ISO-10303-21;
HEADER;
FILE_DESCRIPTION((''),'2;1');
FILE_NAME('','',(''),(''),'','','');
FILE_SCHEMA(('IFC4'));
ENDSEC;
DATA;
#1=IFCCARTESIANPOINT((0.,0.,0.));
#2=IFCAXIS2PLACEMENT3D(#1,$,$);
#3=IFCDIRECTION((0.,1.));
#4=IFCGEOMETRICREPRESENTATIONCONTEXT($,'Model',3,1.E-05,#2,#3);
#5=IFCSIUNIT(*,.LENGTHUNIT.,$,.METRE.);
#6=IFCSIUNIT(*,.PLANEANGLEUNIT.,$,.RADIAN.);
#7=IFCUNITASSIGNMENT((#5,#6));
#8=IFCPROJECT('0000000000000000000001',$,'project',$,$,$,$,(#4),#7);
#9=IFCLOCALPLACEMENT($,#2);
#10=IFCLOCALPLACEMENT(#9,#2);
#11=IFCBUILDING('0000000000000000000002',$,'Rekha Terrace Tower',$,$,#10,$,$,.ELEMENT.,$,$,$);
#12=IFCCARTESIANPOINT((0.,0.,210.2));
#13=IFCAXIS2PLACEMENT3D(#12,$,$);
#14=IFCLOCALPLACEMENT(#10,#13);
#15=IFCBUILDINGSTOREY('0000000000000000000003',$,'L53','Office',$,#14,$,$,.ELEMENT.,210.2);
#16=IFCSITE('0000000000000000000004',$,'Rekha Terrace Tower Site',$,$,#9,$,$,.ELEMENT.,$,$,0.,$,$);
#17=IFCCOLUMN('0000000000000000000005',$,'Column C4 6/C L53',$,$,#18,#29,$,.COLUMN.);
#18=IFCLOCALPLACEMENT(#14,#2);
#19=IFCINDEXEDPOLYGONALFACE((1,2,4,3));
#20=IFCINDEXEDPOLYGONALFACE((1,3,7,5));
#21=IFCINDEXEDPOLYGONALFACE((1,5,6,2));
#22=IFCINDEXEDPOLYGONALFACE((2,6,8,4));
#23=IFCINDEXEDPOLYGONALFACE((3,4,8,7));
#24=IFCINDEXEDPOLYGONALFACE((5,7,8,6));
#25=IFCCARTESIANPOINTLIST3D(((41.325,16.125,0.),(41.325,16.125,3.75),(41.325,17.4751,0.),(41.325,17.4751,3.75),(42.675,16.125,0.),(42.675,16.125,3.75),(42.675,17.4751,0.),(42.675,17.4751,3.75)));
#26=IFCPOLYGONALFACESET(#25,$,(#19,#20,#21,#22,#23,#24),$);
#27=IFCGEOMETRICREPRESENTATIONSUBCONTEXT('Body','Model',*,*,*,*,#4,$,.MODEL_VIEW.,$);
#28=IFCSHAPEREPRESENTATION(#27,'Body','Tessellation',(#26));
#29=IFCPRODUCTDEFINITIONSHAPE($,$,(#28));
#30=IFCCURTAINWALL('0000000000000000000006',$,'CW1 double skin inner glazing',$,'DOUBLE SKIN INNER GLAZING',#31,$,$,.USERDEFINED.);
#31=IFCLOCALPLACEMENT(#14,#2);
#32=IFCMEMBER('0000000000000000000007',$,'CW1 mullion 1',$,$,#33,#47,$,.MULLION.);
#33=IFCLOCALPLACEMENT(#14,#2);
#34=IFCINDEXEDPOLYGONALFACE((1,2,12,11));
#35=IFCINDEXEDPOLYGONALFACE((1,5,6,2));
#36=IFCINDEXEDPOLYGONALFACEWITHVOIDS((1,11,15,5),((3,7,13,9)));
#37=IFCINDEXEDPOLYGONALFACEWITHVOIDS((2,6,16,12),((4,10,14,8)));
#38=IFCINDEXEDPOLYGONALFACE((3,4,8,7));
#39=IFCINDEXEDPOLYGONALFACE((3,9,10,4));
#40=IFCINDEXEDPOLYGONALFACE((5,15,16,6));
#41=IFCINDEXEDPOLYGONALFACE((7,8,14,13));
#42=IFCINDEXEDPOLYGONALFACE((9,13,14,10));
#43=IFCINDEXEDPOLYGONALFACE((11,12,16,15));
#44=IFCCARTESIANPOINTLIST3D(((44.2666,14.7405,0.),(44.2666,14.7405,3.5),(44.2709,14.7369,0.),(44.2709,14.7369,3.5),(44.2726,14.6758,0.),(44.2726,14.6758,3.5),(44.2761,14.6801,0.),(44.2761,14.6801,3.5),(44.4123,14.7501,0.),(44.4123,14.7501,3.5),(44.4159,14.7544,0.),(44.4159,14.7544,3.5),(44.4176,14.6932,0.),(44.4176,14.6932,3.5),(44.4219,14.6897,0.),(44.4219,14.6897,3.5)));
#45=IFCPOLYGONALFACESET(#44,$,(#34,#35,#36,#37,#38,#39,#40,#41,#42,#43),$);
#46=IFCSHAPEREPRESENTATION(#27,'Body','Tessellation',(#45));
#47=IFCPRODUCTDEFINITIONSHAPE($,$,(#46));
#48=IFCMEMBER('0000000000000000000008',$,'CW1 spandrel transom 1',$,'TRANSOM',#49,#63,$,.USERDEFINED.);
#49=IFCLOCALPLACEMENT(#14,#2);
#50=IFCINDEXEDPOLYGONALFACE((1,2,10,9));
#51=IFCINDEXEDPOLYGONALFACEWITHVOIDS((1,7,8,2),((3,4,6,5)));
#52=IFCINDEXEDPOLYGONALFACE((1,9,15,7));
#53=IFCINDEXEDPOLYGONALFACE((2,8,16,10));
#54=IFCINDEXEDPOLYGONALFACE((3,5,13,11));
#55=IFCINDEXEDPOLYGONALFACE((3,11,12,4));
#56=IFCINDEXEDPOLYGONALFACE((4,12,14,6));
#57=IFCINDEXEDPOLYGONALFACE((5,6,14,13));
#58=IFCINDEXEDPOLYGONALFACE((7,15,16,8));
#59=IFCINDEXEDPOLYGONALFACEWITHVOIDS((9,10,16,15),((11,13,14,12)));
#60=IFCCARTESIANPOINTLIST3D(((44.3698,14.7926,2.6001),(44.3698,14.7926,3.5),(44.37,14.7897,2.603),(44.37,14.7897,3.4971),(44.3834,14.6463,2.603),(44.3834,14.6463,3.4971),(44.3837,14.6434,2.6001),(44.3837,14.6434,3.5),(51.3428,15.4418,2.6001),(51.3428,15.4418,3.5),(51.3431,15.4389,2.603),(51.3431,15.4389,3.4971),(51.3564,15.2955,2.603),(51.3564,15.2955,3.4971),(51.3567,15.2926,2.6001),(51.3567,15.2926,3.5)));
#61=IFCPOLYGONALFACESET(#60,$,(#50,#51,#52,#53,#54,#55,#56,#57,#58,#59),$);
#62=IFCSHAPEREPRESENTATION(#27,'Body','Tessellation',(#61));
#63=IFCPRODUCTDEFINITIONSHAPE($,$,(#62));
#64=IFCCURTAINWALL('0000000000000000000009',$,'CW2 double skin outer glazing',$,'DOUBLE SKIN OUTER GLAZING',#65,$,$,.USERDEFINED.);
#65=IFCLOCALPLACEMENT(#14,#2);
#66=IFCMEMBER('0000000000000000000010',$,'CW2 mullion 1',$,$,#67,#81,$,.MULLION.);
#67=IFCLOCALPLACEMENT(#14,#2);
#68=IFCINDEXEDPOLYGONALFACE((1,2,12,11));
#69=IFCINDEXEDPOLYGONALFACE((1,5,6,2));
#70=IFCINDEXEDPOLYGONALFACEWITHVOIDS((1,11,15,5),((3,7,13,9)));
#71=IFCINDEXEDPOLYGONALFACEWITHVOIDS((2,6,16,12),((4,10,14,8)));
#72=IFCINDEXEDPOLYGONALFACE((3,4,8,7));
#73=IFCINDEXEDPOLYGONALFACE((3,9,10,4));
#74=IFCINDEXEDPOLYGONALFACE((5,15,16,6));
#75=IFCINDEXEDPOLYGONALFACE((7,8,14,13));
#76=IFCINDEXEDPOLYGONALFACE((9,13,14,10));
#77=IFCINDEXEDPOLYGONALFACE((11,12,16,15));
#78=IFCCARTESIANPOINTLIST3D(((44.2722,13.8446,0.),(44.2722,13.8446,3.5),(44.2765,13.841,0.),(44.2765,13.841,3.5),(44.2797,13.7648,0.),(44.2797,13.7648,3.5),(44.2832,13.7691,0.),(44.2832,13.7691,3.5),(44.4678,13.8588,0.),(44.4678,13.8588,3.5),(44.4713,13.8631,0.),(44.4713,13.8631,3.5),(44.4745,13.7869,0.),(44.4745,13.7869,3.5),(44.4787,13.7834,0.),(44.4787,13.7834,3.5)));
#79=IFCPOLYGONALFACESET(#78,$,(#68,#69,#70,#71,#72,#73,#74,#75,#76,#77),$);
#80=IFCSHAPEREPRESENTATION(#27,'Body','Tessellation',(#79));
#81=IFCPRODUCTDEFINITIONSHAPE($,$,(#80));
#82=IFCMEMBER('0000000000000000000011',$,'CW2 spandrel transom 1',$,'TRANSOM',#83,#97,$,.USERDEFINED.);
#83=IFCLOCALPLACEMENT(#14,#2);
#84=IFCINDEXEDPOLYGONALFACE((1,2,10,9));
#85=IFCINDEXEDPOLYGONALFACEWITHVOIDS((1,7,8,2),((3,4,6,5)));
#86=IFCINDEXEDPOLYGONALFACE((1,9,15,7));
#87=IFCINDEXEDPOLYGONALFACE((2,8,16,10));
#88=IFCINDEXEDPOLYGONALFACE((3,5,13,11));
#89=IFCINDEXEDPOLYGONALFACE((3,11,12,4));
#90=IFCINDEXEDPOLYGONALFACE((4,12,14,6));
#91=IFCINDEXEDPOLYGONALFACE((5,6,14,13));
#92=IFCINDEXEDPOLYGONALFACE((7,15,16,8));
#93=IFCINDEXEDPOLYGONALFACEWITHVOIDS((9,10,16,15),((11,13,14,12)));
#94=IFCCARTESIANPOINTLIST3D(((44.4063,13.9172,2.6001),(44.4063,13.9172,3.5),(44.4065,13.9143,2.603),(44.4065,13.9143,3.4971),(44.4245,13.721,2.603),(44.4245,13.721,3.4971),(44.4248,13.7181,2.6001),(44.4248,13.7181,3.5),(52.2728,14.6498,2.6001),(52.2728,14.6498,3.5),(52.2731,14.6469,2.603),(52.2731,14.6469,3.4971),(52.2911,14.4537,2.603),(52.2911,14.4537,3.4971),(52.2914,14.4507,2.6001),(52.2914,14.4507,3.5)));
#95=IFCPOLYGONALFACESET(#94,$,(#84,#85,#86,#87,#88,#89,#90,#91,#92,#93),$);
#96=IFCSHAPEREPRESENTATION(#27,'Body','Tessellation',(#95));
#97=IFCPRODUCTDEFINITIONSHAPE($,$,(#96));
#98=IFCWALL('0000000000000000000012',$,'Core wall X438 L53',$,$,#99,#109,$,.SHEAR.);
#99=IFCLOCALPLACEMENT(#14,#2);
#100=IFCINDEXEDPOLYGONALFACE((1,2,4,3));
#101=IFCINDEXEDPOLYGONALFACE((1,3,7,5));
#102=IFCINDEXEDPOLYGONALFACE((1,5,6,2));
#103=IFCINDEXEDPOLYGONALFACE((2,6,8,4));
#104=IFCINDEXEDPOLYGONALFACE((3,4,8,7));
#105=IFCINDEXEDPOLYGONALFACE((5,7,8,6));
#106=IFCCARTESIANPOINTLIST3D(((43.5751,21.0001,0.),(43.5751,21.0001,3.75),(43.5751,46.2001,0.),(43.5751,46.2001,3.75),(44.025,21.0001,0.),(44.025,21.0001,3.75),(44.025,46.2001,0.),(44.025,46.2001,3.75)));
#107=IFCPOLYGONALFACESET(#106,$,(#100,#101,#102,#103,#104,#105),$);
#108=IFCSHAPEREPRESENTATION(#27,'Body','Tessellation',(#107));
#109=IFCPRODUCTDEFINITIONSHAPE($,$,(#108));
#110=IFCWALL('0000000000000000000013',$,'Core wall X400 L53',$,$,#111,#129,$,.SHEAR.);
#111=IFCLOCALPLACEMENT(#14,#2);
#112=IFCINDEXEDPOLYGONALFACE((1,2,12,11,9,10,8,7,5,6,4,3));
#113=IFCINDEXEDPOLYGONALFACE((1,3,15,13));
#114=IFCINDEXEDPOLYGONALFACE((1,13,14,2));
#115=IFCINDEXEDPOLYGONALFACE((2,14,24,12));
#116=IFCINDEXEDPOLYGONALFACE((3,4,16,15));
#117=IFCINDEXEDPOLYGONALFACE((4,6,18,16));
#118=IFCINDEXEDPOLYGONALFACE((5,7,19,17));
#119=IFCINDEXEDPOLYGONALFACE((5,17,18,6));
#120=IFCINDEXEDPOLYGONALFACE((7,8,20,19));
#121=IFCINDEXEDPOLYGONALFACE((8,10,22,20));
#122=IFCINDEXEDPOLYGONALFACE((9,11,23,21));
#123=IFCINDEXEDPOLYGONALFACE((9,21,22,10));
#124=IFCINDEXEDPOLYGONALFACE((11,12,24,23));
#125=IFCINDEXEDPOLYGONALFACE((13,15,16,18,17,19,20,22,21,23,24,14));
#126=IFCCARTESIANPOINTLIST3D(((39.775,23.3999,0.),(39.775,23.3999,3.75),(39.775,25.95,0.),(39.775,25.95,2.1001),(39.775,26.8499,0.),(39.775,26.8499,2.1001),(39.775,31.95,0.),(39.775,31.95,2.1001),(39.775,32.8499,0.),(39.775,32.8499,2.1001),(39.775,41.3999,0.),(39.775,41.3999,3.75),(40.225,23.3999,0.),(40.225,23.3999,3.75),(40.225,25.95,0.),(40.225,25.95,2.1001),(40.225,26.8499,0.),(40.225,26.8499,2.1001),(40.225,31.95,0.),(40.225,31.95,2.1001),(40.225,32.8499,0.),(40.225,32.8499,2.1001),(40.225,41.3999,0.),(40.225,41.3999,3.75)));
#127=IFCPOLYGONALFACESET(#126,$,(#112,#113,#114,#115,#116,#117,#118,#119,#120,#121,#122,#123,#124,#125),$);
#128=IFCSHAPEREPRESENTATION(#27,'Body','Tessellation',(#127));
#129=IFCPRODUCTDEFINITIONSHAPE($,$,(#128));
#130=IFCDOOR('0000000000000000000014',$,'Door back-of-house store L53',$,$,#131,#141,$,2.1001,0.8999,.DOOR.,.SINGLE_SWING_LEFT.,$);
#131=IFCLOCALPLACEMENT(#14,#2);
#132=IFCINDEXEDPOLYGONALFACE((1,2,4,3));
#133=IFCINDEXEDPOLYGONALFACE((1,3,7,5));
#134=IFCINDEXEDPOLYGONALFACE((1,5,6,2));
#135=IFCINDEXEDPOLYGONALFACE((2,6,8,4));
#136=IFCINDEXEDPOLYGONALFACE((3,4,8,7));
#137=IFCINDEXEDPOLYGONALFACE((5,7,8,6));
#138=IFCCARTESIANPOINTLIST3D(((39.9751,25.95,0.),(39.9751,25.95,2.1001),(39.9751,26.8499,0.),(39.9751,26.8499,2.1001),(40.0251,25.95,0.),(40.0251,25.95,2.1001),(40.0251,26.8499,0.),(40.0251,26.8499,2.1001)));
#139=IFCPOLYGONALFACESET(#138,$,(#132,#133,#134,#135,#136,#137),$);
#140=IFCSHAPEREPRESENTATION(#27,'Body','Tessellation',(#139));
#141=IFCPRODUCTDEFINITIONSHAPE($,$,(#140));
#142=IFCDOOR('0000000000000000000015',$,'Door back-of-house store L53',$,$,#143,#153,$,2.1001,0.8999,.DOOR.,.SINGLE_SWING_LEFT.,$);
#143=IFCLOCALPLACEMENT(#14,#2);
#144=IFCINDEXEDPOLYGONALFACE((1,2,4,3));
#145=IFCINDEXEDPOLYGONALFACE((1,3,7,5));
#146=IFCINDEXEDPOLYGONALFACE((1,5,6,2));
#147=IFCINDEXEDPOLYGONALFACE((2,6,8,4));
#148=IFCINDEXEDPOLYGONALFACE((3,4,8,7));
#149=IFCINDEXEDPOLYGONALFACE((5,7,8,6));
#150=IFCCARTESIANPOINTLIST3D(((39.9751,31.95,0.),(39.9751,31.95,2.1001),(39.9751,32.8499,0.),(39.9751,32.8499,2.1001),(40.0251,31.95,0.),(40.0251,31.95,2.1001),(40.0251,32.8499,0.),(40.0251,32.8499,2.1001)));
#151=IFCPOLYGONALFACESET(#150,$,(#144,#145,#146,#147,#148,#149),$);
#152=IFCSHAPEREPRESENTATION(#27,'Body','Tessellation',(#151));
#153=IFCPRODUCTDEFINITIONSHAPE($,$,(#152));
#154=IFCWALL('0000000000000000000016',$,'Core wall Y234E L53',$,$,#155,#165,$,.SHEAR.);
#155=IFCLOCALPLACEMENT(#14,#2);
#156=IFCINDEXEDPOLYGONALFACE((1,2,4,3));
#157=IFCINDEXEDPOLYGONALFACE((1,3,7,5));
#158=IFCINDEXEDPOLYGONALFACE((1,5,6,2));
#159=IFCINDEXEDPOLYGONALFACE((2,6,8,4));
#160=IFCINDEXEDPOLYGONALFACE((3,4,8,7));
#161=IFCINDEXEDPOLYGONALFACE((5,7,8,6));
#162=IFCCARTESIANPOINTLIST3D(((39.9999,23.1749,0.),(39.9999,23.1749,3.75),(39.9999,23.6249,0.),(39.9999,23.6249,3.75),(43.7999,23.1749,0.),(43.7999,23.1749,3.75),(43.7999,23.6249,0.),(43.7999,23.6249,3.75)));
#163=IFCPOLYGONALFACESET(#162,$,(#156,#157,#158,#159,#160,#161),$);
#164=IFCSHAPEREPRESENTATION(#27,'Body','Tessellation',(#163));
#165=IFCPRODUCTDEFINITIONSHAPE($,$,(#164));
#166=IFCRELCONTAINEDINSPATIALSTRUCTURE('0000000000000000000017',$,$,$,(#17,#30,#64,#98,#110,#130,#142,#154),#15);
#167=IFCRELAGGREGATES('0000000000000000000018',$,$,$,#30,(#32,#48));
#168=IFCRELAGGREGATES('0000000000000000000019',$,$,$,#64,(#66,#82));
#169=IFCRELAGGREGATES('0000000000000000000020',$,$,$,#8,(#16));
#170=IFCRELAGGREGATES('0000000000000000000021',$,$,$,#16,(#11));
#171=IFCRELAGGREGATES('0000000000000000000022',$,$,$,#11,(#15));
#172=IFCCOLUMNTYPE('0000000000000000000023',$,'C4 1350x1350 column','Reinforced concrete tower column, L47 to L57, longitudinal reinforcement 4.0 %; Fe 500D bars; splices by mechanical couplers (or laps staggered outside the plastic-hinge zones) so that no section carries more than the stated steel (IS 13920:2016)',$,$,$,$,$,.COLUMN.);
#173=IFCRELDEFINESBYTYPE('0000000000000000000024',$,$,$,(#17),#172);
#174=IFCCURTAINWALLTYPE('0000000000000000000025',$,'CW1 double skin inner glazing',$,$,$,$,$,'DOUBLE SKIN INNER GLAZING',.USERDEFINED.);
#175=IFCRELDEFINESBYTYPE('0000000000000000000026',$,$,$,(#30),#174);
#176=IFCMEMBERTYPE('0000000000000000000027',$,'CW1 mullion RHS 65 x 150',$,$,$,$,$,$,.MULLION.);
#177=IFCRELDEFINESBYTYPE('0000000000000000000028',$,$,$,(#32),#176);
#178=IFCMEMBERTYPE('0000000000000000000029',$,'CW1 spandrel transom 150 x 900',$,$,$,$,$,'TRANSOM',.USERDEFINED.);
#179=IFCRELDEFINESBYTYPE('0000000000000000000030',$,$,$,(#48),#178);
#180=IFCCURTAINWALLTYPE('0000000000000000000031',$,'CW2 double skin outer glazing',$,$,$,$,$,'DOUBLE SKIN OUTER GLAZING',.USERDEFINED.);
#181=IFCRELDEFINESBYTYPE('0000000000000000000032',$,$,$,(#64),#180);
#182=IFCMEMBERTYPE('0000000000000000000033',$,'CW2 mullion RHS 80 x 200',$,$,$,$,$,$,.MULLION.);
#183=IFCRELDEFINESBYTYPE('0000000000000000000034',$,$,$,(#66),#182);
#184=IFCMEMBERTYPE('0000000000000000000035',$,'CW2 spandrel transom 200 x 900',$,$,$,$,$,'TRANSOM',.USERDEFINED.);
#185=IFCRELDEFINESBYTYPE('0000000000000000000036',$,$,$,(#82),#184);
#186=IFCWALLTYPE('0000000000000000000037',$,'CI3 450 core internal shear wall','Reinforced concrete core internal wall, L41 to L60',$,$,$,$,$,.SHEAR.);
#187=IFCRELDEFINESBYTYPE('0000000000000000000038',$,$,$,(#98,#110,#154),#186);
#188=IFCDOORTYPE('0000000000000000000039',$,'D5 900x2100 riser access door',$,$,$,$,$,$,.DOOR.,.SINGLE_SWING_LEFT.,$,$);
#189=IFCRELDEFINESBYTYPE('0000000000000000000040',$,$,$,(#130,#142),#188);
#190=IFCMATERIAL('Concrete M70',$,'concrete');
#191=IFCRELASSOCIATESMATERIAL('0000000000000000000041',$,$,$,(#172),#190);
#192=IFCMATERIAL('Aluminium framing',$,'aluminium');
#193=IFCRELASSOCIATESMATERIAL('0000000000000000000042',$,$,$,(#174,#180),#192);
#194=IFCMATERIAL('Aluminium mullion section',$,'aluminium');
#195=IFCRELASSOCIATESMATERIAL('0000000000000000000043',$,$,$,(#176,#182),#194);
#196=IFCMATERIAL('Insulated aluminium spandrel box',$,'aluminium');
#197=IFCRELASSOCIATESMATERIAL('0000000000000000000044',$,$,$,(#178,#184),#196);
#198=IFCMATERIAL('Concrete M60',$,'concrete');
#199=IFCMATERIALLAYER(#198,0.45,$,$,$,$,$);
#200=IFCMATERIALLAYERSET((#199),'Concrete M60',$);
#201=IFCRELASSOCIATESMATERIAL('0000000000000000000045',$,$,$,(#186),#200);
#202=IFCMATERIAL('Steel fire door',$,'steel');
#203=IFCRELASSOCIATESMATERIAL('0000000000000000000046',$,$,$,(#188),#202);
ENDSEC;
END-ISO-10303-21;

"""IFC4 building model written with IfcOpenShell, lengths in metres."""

from ifc_helpers import new_model, si_unit, direction, frame, frame_2d, origin, origin_2d, place, context, subcontext, project, spatial, rectangle, hollow_rectangle, extrude, material, layer, layer_set, material_profile, profile_set, type_object, element, fill, aggregate, save


model = new_model("IFC4")

# Units and contexts
model_context = context("Model", 3, precision=1e-05, world=origin(), true_north=direction((0.0, 1.0)))
body_context = subcontext(model_context, "Body", "Model", "MODEL_VIEW")
ifc_project = project(units=[si_unit("LENGTHUNIT", "METRE"), si_unit("PLANEANGLEUNIT", "RADIAN")], contexts=[model_context])

# Site, building, storey
site_placement = place(None, origin())
site = spatial("IfcSite", under=ifc_project, at=site_placement, Name="Rekha Terrace Tower Site", CompositionType="ELEMENT", RefElevation=0.0)
building_placement = place(site_placement, origin())
building = spatial("IfcBuilding", under=site, at=building_placement, Name="Rekha Terrace Tower", CompositionType="ELEMENT")
storey_placement = place(building_placement, frame((0.0, 0.0, 210.2)))
storey = spatial("IfcBuildingStorey", under=building, at=storey_placement, Name="L53", Description="Office", CompositionType="ELEMENT", Elevation=210.2)

# Column
ifc_material_1 = material(Name="Concrete M70", Category="concrete")
ifc_material_profile_1 = material_profile(ifc_material_1, rectangle(XDim=1.3501, YDim=1.3501, at=origin_2d()), Name="RC 1350x1350")
ifc_profile_set_1 = profile_set([ifc_material_profile_1], Name="Concrete M70")
column_type = type_object("IfcColumnType", Name="C4 1350x1350 column", Description="Reinforced concrete tower column, L47 to L57, longitudinal reinforcement 4.0 %; Fe 500D bars; splices by mechanical couplers (or laps staggered outside the plastic-hinge zones) so that no section carries more than the stated steel (IS 13920:2016)", PredefinedType="COLUMN", material=ifc_profile_set_1)
column_placement = place(storey_placement, frame((42.0, 16.8, 0.0), z_axis=(0.0, 0.0, 1.0), x_axis=(1.0, 0.0, 0.0)))
element("IfcColumn", 1, at=column_placement, inside=storey, type_object=column_type, Name="Column C4 6/C L53", PredefinedType="COLUMN", context=body_context, shape_type="SweptSolid", body=[
    extrude(rectangle(XDim=1.3501, YDim=1.3501, at=origin_2d()), origin(), (0.0, 0.0, 1.0), 3.75),
])

# Curtain walls, members
ifc_material_2 = material(Name="Aluminium framing", Category="aluminium")
curtain_wall_type_1 = type_object("IfcCurtainWallType", Name="CW1 double skin inner glazing", ElementType="DOUBLE SKIN INNER GLAZING", PredefinedType="USERDEFINED", material=ifc_material_2)
curtain_wall_1_placement = place(storey_placement, origin())
curtain_wall_1 = element("IfcCurtainWall", 2, at=curtain_wall_1_placement, inside=storey, type_object=curtain_wall_type_1, Name="CW1 double skin inner glazing", ObjectType="DOUBLE SKIN INNER GLAZING", PredefinedType="USERDEFINED")
ifc_material_3 = material(Name="Aluminium mullion section", Category="aluminium")
ifc_material_profile_2 = material_profile(ifc_material_3, hollow_rectangle(XDim=0.0649, YDim=0.1499, WallThickness=0.0039, at=origin_2d()), Name="AL RHS 65x150")
ifc_profile_set_2 = profile_set([ifc_material_profile_2], Name="Aluminium mullion section")
member_type_1 = type_object("IfcMemberType", Name="CW1 mullion RHS 65 x 150", PredefinedType="MULLION", material=ifc_profile_set_2)
member_1_placement = place(storey_placement, frame((44.3442, 14.7151, 0.0), z_axis=(0.0, 0.0, 1.0), x_axis=(-0.092709, 0.995693, 0.0)))
member_1 = element("IfcMember", 3, at=member_1_placement, type_object=member_type_1, Name="CW1 mullion 1", PredefinedType="MULLION", context=body_context, shape_type="SweptSolid", body=[
    extrude(hollow_rectangle(XDim=0.0649, YDim=0.1499, WallThickness=0.0039, at=origin_2d()), origin(), (0.0, 0.0, 1.0), 3.5),
])
ifc_material_4 = material(Name="Insulated aluminium spandrel box", Category="aluminium")
ifc_material_profile_3 = material_profile(ifc_material_4, hollow_rectangle(XDim=0.1499, YDim=0.8999, WallThickness=0.0029, at=origin_2d()), Name="AL SPANDREL BOX 150x900")
ifc_profile_set_3 = profile_set([ifc_material_profile_3], Name="Insulated aluminium spandrel box")
member_type_2 = type_object("IfcMemberType", Name="CW1 spandrel transom 150 x 900", ElementType="TRANSOM", PredefinedType="USERDEFINED", material=ifc_profile_set_3)
member_2_placement = place(storey_placement, frame((44.3767, 14.718, 3.05), z_axis=(0.995694, 0.092698, 0.0), x_axis=(-0.092698, 0.995694, 0.0)))
member_2 = element("IfcMember", 4, at=member_2_placement, type_object=member_type_2, Name="CW1 spandrel transom 1", ObjectType="TRANSOM", PredefinedType="USERDEFINED", context=body_context, shape_type="SweptSolid", body=[
    extrude(hollow_rectangle(XDim=0.1499, YDim=0.8999, WallThickness=0.0029, at=origin_2d()), origin(), (0.0, 0.0, 1.0), 7.0032),
])
aggregate(curtain_wall_1, [member_1, member_2])
curtain_wall_type_2 = type_object("IfcCurtainWallType", Name="CW2 double skin outer glazing", ElementType="DOUBLE SKIN OUTER GLAZING", PredefinedType="USERDEFINED", material=ifc_material_2)
curtain_wall_2_placement = place(storey_placement, origin())
curtain_wall_2 = element("IfcCurtainWall", 5, at=curtain_wall_2_placement, inside=storey, type_object=curtain_wall_type_2, Name="CW2 double skin outer glazing", ObjectType="DOUBLE SKIN OUTER GLAZING", PredefinedType="USERDEFINED")
ifc_material_profile_4 = material_profile(ifc_material_3, hollow_rectangle(XDim=0.0801, YDim=0.2, WallThickness=0.0039, at=origin_2d()), Name="AL RHS 80x200")
ifc_profile_set_4 = profile_set([ifc_material_profile_4], Name="Aluminium mullion section")
member_type_3 = type_object("IfcMemberType", Name="CW2 mullion RHS 80 x 200", PredefinedType="MULLION", material=ifc_profile_set_4)
member_3_placement = place(storey_placement, frame((44.3755, 13.814, 0.0), z_axis=(0.0, 0.0, 1.0), x_axis=(-0.092709, 0.995693, 0.0)))
member_3 = element("IfcMember", 6, at=member_3_placement, type_object=member_type_3, Name="CW2 mullion 1", PredefinedType="MULLION", context=body_context, shape_type="SweptSolid", body=[
    extrude(hollow_rectangle(XDim=0.0801, YDim=0.2, WallThickness=0.0039, at=origin_2d()), origin(), (0.0, 0.0, 1.0), 3.5),
])
ifc_material_profile_5 = material_profile(ifc_material_4, hollow_rectangle(XDim=0.2, YDim=0.8999, WallThickness=0.0029, at=origin_2d()), Name="AL SPANDREL BOX 200x900")
ifc_profile_set_5 = profile_set([ifc_material_profile_5], Name="Insulated aluminium spandrel box")
member_type_4 = type_object("IfcMemberType", Name="CW2 spandrel transom 200 x 900", ElementType="TRANSOM", PredefinedType="USERDEFINED", material=ifc_profile_set_5)
member_4_placement = place(storey_placement, frame((44.4155, 13.8176, 3.05), z_axis=(0.995691, 0.092734, 0.0), x_axis=(-0.092734, 0.995691, 0.0)))
member_4 = element("IfcMember", 7, at=member_4_placement, type_object=member_type_4, Name="CW2 spandrel transom 1", ObjectType="TRANSOM", PredefinedType="USERDEFINED", context=body_context, shape_type="SweptSolid", body=[
    extrude(hollow_rectangle(XDim=0.2, YDim=0.8999, WallThickness=0.0029, at=origin_2d()), origin(), (0.0, 0.0, 1.0), 7.9006),
])
aggregate(curtain_wall_2, [member_3, member_4])

# Wall
ifc_material_5 = material(Name="Concrete M60", Category="concrete")
ifc_layer_1 = layer(ifc_material_5, 0.45)
ifc_layer_set_1 = layer_set([ifc_layer_1], Name="Concrete M60")
wall_type_1 = type_object("IfcWallType", Name="CI3 450 core internal shear wall", Description="Reinforced concrete core internal wall, L41 to L60", PredefinedType="SHEAR", material=ifc_layer_set_1)
wall_1_placement = place(storey_placement, frame((43.8, 21.0, 0.0), z_axis=(0.0, 0.0, 1.0), x_axis=(0.0, 1.0, 0.0)))
element("IfcWall", 8, at=wall_1_placement, inside=storey, type_object=wall_type_1, Name="Core wall X438 L53", PredefinedType="SHEAR", context=body_context, shape_type="SweptSolid", body=[
    extrude(rectangle(XDim=25.2, YDim=0.45, at=frame_2d((12.6001, 0.0))), origin(), (0.0, 0.0, 1.0), 3.75),
])

# Wall, openings, doors
wall_2_placement = place(storey_placement, frame((40.0, 23.3999, 0.0), z_axis=(0.0, 0.0, 1.0), x_axis=(0.0, 1.0, 0.0)))
wall_2 = element("IfcWall", 9, at=wall_2_placement, inside=storey, type_object=wall_type_1, Name="Core wall X400 L53", PredefinedType="SHEAR", context=body_context, shape_type="SweptSolid", body=[
    extrude(rectangle(XDim=18.0, YDim=0.45, at=frame_2d((9.0, 0.0))), origin(), (0.0, 0.0, 1.0), 3.75),
])
opening_1_placement = place(wall_2_placement, frame((2.55, 0.0, 0.0)))
opening_1 = element("IfcOpeningElement", 10, at=opening_1_placement, cuts=wall_2, PredefinedType="OPENING", context=body_context, shape_type="SweptSolid", body=[
    extrude(rectangle(XDim=0.8999, YDim=2.1001, at=frame_2d((0.45, 1.05))), frame((0.0, 0.2349, 0.0), z_axis=(0.0, -1.0, 0.0), x_axis=(1.0, 0.0, 0.0)), (0.0, 0.0, 1.0), 0.47),
])
opening_2_placement = place(wall_2_placement, frame((8.55, 0.0, 0.0)))
opening_2 = element("IfcOpeningElement", 11, at=opening_2_placement, cuts=wall_2, PredefinedType="OPENING", context=body_context, shape_type="SweptSolid", body=[
    extrude(rectangle(XDim=0.8999, YDim=2.1001, at=frame_2d((0.45, 1.05))), frame((0.0, 0.2349, 0.0), z_axis=(0.0, -1.0, 0.0), x_axis=(1.0, 0.0, 0.0)), (0.0, 0.0, 1.0), 0.47),
])
ifc_material_6 = material(Name="Steel fire door", Category="steel")
door_type_1 = type_object("IfcDoorType", Name="D5 900x2100 riser access door", OperationType="SINGLE_SWING_LEFT", PredefinedType="DOOR", material=ifc_material_6)
door_1_placement = place(opening_1_placement, origin())
door_1 = element("IfcDoor", 12, at=door_1_placement, inside=storey, type_object=door_type_1, Name="Door back-of-house store L53", OperationType="SINGLE_SWING_LEFT", OverallHeight=2.1001, OverallWidth=0.8999, PredefinedType="DOOR", context=body_context, shape_type="SweptSolid", body=[
    extrude(rectangle(XDim=0.8999, YDim=2.1001, at=frame_2d((0.45, 1.05))), frame((0.0, 0.0249, 0.0), z_axis=(0.0, -1.0, 0.0), x_axis=(1.0, 0.0, 0.0)), (0.0, 0.0, 1.0), 0.05),
])
fill(opening_1, door_1)
door_2_placement = place(opening_2_placement, origin())
door_2 = element("IfcDoor", 13, at=door_2_placement, inside=storey, type_object=door_type_1, Name="Door back-of-house store L53", OperationType="SINGLE_SWING_LEFT", OverallHeight=2.1001, OverallWidth=0.8999, PredefinedType="DOOR", context=body_context, shape_type="SweptSolid", body=[
    extrude(rectangle(XDim=0.8999, YDim=2.1001, at=frame_2d((0.45, 1.05))), frame((0.0, 0.0249, 0.0), z_axis=(0.0, -1.0, 0.0), x_axis=(1.0, 0.0, 0.0)), (0.0, 0.0, 1.0), 0.05),
])
fill(opening_2, door_2)

# Wall
wall_3_placement = place(storey_placement, frame((40.0, 23.3999, 0.0), z_axis=(0.0, 0.0, 1.0), x_axis=(1.0, 0.0, 0.0)))
element("IfcWall", 14, at=wall_3_placement, inside=storey, type_object=wall_type_1, Name="Core wall Y234E L53", PredefinedType="SHEAR", context=body_context, shape_type="SweptSolid", body=[
    extrude(rectangle(XDim=3.8, YDim=0.45, at=frame_2d((1.8999, 0.0))), origin(), (0.0, 0.0, 1.0), 3.75),
])

save(model, "model.ifc")
